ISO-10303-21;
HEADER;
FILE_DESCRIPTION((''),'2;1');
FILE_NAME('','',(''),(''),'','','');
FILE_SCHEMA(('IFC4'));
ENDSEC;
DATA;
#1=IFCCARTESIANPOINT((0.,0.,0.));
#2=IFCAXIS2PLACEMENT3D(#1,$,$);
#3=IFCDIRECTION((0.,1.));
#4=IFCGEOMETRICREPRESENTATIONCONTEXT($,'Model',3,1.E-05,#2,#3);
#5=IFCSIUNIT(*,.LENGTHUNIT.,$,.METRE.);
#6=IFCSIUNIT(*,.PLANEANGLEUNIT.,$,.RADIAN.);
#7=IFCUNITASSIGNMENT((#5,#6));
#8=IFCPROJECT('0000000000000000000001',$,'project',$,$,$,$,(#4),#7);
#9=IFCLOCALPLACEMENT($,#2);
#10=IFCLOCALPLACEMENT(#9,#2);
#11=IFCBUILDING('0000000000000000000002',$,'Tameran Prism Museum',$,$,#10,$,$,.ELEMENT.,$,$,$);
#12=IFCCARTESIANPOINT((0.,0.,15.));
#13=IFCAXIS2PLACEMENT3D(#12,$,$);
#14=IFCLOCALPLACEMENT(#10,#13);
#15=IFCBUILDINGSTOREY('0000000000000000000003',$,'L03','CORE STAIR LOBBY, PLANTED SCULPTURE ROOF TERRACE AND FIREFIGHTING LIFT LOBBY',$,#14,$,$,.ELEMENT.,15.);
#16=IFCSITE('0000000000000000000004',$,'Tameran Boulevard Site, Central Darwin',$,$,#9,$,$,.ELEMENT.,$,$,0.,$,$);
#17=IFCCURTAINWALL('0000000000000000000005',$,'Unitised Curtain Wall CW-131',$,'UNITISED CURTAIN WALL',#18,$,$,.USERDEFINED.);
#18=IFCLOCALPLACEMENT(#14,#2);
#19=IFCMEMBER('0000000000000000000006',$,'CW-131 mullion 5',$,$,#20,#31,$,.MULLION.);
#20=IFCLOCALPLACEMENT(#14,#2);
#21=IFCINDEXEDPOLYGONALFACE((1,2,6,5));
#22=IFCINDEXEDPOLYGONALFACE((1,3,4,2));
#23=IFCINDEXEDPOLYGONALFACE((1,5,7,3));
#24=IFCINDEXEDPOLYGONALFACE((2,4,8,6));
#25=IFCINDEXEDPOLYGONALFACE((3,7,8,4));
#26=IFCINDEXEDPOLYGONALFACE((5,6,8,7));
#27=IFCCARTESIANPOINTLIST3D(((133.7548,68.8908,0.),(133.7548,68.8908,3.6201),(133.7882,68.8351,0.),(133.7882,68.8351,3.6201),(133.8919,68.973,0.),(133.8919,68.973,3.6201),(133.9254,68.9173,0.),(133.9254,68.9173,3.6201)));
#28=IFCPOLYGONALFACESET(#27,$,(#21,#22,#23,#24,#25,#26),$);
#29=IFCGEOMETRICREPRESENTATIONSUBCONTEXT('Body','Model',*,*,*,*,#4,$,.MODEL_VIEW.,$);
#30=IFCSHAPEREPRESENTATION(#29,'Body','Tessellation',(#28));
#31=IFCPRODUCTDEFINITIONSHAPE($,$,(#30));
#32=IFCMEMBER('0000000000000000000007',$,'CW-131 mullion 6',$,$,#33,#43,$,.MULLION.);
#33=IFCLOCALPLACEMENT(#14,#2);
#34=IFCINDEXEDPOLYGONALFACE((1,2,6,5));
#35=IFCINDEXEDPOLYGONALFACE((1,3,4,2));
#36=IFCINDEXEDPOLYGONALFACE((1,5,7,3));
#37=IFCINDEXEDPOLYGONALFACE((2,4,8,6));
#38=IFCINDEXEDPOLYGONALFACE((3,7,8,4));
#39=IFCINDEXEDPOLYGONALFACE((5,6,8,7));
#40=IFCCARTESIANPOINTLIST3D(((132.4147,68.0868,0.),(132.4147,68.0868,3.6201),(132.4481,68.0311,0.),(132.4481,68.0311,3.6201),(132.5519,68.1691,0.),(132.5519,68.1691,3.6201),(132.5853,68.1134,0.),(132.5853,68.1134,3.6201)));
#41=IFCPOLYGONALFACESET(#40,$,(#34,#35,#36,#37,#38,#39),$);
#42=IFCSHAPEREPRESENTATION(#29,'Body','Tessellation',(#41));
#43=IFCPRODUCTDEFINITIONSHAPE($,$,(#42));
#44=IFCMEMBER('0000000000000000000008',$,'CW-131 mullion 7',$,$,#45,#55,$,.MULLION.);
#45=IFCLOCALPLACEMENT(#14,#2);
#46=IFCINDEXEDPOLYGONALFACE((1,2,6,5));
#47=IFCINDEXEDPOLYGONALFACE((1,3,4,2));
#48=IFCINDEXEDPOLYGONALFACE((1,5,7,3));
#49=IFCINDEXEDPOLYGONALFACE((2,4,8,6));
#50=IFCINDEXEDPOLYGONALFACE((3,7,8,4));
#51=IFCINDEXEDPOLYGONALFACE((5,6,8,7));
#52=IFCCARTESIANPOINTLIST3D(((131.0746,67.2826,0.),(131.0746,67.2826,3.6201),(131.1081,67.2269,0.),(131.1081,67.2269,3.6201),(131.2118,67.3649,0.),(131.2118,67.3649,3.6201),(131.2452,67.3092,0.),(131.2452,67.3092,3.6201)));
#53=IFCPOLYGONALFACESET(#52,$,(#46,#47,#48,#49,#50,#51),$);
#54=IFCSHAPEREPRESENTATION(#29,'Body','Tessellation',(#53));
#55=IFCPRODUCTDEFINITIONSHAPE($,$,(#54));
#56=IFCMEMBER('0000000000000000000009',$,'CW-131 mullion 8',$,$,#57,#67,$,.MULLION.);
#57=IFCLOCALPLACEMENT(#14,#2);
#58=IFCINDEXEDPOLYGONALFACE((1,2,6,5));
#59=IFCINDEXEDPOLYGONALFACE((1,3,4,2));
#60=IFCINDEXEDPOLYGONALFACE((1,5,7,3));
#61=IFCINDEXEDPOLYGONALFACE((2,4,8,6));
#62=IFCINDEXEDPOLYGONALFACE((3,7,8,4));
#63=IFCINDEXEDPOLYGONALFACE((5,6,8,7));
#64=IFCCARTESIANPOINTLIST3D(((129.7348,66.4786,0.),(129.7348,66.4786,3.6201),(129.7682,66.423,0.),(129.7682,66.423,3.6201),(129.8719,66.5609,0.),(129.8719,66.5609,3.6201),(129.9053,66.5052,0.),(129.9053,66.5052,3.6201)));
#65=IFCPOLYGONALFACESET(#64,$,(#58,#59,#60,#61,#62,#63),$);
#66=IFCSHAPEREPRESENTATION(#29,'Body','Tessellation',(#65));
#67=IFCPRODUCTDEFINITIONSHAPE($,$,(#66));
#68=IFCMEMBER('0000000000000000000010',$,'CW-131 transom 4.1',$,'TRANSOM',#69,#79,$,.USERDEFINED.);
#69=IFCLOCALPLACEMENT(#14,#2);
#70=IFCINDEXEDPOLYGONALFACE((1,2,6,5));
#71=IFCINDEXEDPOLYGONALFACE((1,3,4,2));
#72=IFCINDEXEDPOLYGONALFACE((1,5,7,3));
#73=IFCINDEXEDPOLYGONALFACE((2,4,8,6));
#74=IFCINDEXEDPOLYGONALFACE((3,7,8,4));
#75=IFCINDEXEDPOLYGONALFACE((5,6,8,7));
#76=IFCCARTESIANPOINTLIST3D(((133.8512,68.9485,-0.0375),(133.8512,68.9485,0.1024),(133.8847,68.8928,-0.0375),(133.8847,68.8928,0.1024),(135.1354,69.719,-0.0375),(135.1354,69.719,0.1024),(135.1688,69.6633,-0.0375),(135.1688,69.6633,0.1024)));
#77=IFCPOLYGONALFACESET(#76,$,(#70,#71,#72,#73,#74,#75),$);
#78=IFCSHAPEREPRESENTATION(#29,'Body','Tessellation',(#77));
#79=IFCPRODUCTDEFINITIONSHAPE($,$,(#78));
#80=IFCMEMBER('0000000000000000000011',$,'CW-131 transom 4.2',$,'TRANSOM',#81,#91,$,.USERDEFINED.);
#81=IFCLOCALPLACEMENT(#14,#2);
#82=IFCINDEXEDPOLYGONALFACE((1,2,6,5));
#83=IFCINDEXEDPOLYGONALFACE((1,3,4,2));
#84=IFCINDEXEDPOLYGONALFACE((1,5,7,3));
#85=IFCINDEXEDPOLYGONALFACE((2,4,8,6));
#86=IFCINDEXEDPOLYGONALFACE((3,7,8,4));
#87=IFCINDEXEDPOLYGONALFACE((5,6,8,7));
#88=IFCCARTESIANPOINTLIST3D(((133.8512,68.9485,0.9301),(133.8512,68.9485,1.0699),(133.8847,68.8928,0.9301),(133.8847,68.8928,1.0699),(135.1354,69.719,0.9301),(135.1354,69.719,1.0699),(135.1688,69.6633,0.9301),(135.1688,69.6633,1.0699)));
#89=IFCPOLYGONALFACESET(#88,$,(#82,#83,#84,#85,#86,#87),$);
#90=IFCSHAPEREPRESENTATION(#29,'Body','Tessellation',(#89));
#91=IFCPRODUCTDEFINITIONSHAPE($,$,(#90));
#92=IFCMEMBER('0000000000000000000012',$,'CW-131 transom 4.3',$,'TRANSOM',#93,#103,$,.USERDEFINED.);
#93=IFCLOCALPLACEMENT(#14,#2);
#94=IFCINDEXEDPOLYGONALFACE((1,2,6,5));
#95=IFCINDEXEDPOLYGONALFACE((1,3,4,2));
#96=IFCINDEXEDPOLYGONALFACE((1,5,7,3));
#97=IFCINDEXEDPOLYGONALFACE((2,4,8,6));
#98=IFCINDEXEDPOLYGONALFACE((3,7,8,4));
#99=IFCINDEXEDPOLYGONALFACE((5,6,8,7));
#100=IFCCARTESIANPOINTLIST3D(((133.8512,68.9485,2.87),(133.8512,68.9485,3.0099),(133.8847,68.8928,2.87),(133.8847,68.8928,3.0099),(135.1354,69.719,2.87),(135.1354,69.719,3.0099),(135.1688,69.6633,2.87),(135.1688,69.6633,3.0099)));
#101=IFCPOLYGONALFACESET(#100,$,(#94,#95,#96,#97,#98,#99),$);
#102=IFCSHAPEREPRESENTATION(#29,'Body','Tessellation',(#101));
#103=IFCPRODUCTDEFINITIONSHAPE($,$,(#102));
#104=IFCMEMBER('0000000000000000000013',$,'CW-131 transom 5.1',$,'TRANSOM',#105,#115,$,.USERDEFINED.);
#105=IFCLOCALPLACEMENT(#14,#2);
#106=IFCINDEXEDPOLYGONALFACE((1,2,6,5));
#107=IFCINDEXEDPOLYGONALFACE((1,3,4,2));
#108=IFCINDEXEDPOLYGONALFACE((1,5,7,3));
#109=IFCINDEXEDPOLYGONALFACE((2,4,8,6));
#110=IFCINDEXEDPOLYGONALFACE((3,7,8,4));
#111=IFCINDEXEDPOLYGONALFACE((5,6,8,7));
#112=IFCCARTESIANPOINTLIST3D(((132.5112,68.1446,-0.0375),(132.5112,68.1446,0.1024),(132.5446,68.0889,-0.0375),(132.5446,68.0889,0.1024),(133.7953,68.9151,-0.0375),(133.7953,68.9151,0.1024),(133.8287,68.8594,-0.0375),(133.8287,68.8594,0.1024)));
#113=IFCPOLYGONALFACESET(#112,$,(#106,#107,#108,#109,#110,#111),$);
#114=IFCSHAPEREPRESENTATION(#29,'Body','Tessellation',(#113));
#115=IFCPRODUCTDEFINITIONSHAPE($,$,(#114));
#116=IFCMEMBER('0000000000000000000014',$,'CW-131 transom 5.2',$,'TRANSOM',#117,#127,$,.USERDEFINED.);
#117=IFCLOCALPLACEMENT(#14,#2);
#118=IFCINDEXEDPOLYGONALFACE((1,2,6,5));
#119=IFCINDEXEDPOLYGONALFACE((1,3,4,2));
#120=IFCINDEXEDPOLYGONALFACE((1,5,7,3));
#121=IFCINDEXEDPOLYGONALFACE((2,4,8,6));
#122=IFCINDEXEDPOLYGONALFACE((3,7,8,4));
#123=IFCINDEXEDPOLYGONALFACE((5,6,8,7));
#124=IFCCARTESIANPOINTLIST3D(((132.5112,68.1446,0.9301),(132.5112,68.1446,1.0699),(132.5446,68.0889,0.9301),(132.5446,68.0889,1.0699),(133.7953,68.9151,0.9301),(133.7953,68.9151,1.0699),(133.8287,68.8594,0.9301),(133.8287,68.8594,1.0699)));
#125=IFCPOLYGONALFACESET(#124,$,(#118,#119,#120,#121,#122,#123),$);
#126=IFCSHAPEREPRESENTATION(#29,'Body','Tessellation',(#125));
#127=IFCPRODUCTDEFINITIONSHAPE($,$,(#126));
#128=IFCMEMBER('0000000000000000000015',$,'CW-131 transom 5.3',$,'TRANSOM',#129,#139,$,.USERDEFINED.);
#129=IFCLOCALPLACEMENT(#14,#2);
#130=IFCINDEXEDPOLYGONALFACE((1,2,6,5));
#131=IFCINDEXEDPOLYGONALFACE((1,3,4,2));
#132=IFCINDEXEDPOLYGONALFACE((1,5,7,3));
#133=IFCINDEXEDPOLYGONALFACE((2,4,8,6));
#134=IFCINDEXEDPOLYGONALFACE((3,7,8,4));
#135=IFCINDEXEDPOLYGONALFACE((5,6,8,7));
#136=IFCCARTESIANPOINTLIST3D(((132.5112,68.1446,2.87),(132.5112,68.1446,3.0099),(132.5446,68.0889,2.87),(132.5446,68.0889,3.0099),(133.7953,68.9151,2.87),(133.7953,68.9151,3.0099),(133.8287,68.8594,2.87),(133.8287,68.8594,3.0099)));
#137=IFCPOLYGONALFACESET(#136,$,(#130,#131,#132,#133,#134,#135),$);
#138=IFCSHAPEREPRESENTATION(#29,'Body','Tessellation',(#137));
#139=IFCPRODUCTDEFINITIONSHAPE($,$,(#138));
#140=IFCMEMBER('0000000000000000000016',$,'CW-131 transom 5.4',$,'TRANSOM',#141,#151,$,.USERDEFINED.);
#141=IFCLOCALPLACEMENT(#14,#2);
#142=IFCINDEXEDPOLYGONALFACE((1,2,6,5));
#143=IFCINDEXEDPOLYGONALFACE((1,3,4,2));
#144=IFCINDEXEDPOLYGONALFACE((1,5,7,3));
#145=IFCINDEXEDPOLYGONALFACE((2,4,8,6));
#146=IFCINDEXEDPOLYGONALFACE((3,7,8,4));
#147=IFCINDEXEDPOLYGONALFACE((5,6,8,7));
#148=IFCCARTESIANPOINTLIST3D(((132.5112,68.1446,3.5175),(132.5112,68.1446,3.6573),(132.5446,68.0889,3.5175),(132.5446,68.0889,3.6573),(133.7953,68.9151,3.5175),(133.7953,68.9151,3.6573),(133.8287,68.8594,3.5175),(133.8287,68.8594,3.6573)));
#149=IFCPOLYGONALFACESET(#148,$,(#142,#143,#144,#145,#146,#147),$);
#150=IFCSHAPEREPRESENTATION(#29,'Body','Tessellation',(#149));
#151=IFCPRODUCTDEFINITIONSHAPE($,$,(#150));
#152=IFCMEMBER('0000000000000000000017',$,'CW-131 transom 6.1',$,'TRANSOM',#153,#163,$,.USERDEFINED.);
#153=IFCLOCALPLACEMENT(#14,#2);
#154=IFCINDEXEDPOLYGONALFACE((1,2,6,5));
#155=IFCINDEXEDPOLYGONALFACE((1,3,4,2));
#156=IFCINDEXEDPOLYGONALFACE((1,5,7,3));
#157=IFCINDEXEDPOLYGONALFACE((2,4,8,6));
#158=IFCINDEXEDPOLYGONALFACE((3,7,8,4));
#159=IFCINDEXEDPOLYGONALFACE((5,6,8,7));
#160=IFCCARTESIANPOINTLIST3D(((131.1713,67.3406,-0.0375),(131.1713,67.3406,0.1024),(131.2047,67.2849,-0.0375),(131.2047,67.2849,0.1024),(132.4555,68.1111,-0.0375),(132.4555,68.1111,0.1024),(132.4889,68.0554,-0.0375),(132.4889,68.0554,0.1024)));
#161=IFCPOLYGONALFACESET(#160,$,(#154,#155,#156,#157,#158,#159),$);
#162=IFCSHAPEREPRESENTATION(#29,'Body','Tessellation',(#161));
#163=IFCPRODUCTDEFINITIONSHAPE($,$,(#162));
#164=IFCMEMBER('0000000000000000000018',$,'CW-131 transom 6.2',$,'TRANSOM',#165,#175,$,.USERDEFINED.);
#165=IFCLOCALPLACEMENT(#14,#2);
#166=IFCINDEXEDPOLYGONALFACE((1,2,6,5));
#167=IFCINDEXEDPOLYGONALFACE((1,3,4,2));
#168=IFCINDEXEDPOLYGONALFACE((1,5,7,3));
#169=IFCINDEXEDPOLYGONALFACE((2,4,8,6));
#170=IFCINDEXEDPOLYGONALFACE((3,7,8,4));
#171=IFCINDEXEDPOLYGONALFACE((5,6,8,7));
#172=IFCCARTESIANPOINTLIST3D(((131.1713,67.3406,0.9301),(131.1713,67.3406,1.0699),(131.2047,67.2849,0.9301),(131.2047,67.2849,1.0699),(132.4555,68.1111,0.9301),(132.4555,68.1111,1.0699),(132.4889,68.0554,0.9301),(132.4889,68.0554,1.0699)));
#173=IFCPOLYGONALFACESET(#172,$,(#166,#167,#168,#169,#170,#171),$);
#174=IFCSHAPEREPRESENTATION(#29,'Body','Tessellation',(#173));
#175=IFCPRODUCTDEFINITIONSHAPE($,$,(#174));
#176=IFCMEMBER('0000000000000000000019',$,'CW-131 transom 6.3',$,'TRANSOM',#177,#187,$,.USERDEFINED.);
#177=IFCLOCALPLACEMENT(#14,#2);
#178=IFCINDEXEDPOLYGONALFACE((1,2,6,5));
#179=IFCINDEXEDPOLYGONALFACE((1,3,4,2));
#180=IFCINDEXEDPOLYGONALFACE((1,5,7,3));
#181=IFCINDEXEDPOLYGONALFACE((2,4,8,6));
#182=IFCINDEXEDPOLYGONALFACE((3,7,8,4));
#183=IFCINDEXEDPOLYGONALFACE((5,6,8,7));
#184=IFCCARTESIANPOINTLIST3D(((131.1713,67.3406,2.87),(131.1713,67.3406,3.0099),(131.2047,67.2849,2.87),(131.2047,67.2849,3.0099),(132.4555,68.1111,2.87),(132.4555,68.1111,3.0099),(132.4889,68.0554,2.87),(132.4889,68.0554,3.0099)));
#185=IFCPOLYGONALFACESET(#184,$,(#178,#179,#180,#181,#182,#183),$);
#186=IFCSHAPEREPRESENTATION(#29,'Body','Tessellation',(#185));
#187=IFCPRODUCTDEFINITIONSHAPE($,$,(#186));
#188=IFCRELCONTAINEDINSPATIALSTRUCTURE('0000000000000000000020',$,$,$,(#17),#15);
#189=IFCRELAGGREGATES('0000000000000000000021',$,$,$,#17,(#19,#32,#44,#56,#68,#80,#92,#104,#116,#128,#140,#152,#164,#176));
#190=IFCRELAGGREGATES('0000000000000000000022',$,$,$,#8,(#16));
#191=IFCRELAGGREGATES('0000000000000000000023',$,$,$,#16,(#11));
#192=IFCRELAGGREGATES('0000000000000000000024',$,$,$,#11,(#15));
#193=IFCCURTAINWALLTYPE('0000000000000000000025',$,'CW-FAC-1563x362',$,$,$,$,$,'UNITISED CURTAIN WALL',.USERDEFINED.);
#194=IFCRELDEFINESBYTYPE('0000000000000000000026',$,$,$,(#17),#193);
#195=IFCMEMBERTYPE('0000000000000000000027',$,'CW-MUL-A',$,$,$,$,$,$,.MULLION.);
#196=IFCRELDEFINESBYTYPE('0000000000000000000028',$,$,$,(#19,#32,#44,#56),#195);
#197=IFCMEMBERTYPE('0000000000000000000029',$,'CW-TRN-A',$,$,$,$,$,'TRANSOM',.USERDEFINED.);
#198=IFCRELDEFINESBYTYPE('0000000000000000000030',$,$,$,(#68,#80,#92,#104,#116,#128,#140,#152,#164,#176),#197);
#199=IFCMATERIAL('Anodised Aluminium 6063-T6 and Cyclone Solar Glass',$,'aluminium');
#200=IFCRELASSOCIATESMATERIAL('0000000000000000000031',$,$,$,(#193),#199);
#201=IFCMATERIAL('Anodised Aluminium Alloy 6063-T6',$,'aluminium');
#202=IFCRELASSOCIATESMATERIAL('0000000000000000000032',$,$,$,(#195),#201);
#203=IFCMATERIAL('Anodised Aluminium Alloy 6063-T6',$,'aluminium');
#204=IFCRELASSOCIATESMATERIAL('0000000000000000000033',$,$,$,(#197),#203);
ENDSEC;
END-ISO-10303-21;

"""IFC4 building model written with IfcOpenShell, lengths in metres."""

from ifc_helpers import new_model, si_unit, direction, frame, origin, origin_2d, place, context, subcontext, project, spatial, rectangle, extrude, material, material_profile, profile_set, type_object, element, aggregate, save


model = new_model("IFC4")

# Units and contexts
model_context = context("Model", 3, precision=1e-05, world=origin(), true_north=direction((0.0, 1.0)))
body_context = subcontext(model_context, "Body", "Model", "MODEL_VIEW")
ifc_project = project(units=[si_unit("LENGTHUNIT", "METRE"), si_unit("PLANEANGLEUNIT", "RADIAN")], contexts=[model_context])

# Site, building, storey
site_placement = place(None, origin())
site = spatial("IfcSite", under=ifc_project, at=site_placement, Name="Tameran Boulevard Site, Central Darwin", CompositionType="ELEMENT", RefElevation=0.0)
building_placement = place(site_placement, origin())
building = spatial("IfcBuilding", under=site, at=building_placement, Name="Tameran Prism Museum", CompositionType="ELEMENT")
storey_placement = place(building_placement, frame((0.0, 0.0, 15.0)))
storey = spatial("IfcBuildingStorey", under=building, at=storey_placement, Name="L03", Description="CORE STAIR LOBBY, PLANTED SCULPTURE ROOF TERRACE AND FIREFIGHTING LIFT LOBBY", CompositionType="ELEMENT", Elevation=15.0)

# Curtain wall, members
ifc_material_1 = material(Name="Anodised Aluminium 6063-T6 and Cyclone Solar Glass", Category="aluminium")
curtain_wall_type = type_object("IfcCurtainWallType", Name="CW-FAC-1563x362", ElementType="UNITISED CURTAIN WALL", PredefinedType="USERDEFINED", material=ifc_material_1)
curtain_wall_placement = place(storey_placement, origin())
curtain_wall = element("IfcCurtainWall", 1, at=curtain_wall_placement, inside=storey, type_object=curtain_wall_type, Name="Unitised Curtain Wall CW-131", ObjectType="UNITISED CURTAIN WALL", PredefinedType="USERDEFINED")
ifc_material_2 = material(Name="Anodised Aluminium Alloy 6063-T6", Category="aluminium")
ifc_material_profile_1 = material_profile(ifc_material_2, rectangle(XDim=0.0649, YDim=0.1599, at=origin_2d()))
ifc_profile_set_1 = profile_set([ifc_material_profile_1])
member_type_1 = type_object("IfcMemberType", Name="CW-MUL-A", PredefinedType="MULLION", material=ifc_profile_set_1)
member_1_placement = place(storey_placement, frame((133.8401, 68.9041, 0.0), z_axis=(0.0, 0.0, 1.0), x_axis=(0.514496, -0.857493, 0.0)))
member_1 = element("IfcMember", 2, at=member_1_placement, type_object=member_type_1, Name="CW-131 mullion 5", PredefinedType="MULLION", context=body_context, shape_type="SweptSolid", body=[
    extrude(rectangle(XDim=0.0649, YDim=0.1599, at=origin_2d()), origin(), (0.0, 0.0, 1.0), 3.6201),
])
member_2_placement = place(storey_placement, frame((132.5, 68.1001, 0.0), z_axis=(0.0, 0.0, 1.0), x_axis=(0.514496, -0.857493, 0.0)))
member_2 = element("IfcMember", 3, at=member_2_placement, type_object=member_type_1, Name="CW-131 mullion 6", PredefinedType="MULLION", context=body_context, shape_type="SweptSolid", body=[
    extrude(rectangle(XDim=0.0649, YDim=0.1599, at=origin_2d()), origin(), (0.0, 0.0, 1.0), 3.6201),
])
member_3_placement = place(storey_placement, frame((131.1599, 67.2959, 0.0), z_axis=(0.0, 0.0, 1.0), x_axis=(0.514496, -0.857493, 0.0)))
member_3 = element("IfcMember", 4, at=member_3_placement, type_object=member_type_1, Name="CW-131 mullion 7", PredefinedType="MULLION", context=body_context, shape_type="SweptSolid", body=[
    extrude(rectangle(XDim=0.0649, YDim=0.1599, at=origin_2d()), origin(), (0.0, 0.0, 1.0), 3.6201),
])
member_4_placement = place(storey_placement, frame((129.8201, 66.4919, 0.0), z_axis=(0.0, 0.0, 1.0), x_axis=(0.514496, -0.857493, 0.0)))
member_4 = element("IfcMember", 5, at=member_4_placement, type_object=member_type_1, Name="CW-131 mullion 8", PredefinedType="MULLION", context=body_context, shape_type="SweptSolid", body=[
    extrude(rectangle(XDim=0.0649, YDim=0.1599, at=origin_2d()), origin(), (0.0, 0.0, 1.0), 3.6201),
])
ifc_material_3 = material(Name="Anodised Aluminium Alloy 6063-T6", Category="aluminium")
ifc_material_profile_2 = material_profile(ifc_material_3, rectangle(XDim=0.0649, YDim=0.1399, at=origin_2d()))
ifc_profile_set_2 = profile_set([ifc_material_profile_2])
member_type_2 = type_object("IfcMemberType", Name="CW-TRN-A", ElementType="TRANSOM", PredefinedType="USERDEFINED", material=ifc_profile_set_2)
member_5_placement = place(storey_placement, frame((135.1521, 69.6912, 0.0325), z_axis=(-0.857493, -0.514496, 0.0), x_axis=(0.514496, -0.857493, 0.0)))
member_5 = element("IfcMember", 6, at=member_5_placement, type_object=member_type_2, Name="CW-131 transom 4.1", ObjectType="TRANSOM", PredefinedType="USERDEFINED", context=body_context, shape_type="SweptSolid", body=[
    extrude(rectangle(XDim=0.0649, YDim=0.1399, at=origin_2d()), origin(), (0.0, 0.0, 1.0), 1.4976),
])
member_6_placement = place(storey_placement, frame((135.1521, 69.6912, 1.0), z_axis=(-0.857493, -0.514496, 0.0), x_axis=(0.514496, -0.857493, 0.0)))
member_6 = element("IfcMember", 7, at=member_6_placement, type_object=member_type_2, Name="CW-131 transom 4.2", ObjectType="TRANSOM", PredefinedType="USERDEFINED", context=body_context, shape_type="SweptSolid", body=[
    extrude(rectangle(XDim=0.0649, YDim=0.1399, at=origin_2d()), origin(), (0.0, 0.0, 1.0), 1.4976),
])
member_7_placement = place(storey_placement, frame((135.1521, 69.6912, 2.9399), z_axis=(-0.857493, -0.514496, 0.0), x_axis=(0.514496, -0.857493, 0.0)))
member_7 = element("IfcMember", 8, at=member_7_placement, type_object=member_type_2, Name="CW-131 transom 4.3", ObjectType="TRANSOM", PredefinedType="USERDEFINED", context=body_context, shape_type="SweptSolid", body=[
    extrude(rectangle(XDim=0.0649, YDim=0.1399, at=origin_2d()), origin(), (0.0, 0.0, 1.0), 1.4976),
])
member_8_placement = place(storey_placement, frame((133.812, 68.8872, 0.0325), z_axis=(-0.857493, -0.514496, 0.0), x_axis=(0.514496, -0.857493, 0.0)))
member_8 = element("IfcMember", 9, at=member_8_placement, type_object=member_type_2, Name="CW-131 transom 5.1", ObjectType="TRANSOM", PredefinedType="USERDEFINED", context=body_context, shape_type="SweptSolid", body=[
    extrude(rectangle(XDim=0.0649, YDim=0.1399, at=origin_2d()), origin(), (0.0, 0.0, 1.0), 1.4976),
])
member_9_placement = place(storey_placement, frame((133.812, 68.8872, 1.0), z_axis=(-0.857493, -0.514496, 0.0), x_axis=(0.514496, -0.857493, 0.0)))
member_9 = element("IfcMember", 10, at=member_9_placement, type_object=member_type_2, Name="CW-131 transom 5.2", ObjectType="TRANSOM", PredefinedType="USERDEFINED", context=body_context, shape_type="SweptSolid", body=[
    extrude(rectangle(XDim=0.0649, YDim=0.1399, at=origin_2d()), origin(), (0.0, 0.0, 1.0), 1.4976),
])
member_10_placement = place(storey_placement, frame((133.812, 68.8872, 2.9399), z_axis=(-0.857493, -0.514496, 0.0), x_axis=(0.514496, -0.857493, 0.0)))
member_10 = element("IfcMember", 11, at=member_10_placement, type_object=member_type_2, Name="CW-131 transom 5.3", ObjectType="TRANSOM", PredefinedType="USERDEFINED", context=body_context, shape_type="SweptSolid", body=[
    extrude(rectangle(XDim=0.0649, YDim=0.1399, at=origin_2d()), origin(), (0.0, 0.0, 1.0), 1.4976),
])
member_11_placement = place(storey_placement, frame((133.812, 68.8872, 3.5874), z_axis=(-0.857493, -0.514496, 0.0), x_axis=(0.514496, -0.857493, 0.0)))
member_11 = element("IfcMember", 12, at=member_11_placement, type_object=member_type_2, Name="CW-131 transom 5.4", ObjectType="TRANSOM", PredefinedType="USERDEFINED", context=body_context, shape_type="SweptSolid", body=[
    extrude(rectangle(XDim=0.0649, YDim=0.1399, at=origin_2d()), origin(), (0.0, 0.0, 1.0), 1.4976),
])
member_12_placement = place(storey_placement, frame((132.4722, 68.0833, 0.0325), z_axis=(-0.857493, -0.514496, 0.0), x_axis=(0.514496, -0.857493, 0.0)))
member_12 = element("IfcMember", 13, at=member_12_placement, type_object=member_type_2, Name="CW-131 transom 6.1", ObjectType="TRANSOM", PredefinedType="USERDEFINED", context=body_context, shape_type="SweptSolid", body=[
    extrude(rectangle(XDim=0.0649, YDim=0.1399, at=origin_2d()), origin(), (0.0, 0.0, 1.0), 1.4976),
])
member_13_placement = place(storey_placement, frame((132.4722, 68.0833, 1.0), z_axis=(-0.857493, -0.514496, 0.0), x_axis=(0.514496, -0.857493, 0.0)))
member_13 = element("IfcMember", 14, at=member_13_placement, type_object=member_type_2, Name="CW-131 transom 6.2", ObjectType="TRANSOM", PredefinedType="USERDEFINED", context=body_context, shape_type="SweptSolid", body=[
    extrude(rectangle(XDim=0.0649, YDim=0.1399, at=origin_2d()), origin(), (0.0, 0.0, 1.0), 1.4976),
])
member_14_placement = place(storey_placement, frame((132.4722, 68.0833, 2.9399), z_axis=(-0.857493, -0.514496, 0.0), x_axis=(0.514496, -0.857493, 0.0)))
member_14 = element("IfcMember", 15, at=member_14_placement, type_object=member_type_2, Name="CW-131 transom 6.3", ObjectType="TRANSOM", PredefinedType="USERDEFINED", context=body_context, shape_type="SweptSolid", body=[
    extrude(rectangle(XDim=0.0649, YDim=0.1399, at=origin_2d()), origin(), (0.0, 0.0, 1.0), 1.4976),
])
aggregate(curtain_wall, [member_1, member_2, member_3, member_4, member_5, member_6, member_7, member_8, member_9, member_10, member_11, member_12, member_13, member_14])

save(model, "model.ifc")
